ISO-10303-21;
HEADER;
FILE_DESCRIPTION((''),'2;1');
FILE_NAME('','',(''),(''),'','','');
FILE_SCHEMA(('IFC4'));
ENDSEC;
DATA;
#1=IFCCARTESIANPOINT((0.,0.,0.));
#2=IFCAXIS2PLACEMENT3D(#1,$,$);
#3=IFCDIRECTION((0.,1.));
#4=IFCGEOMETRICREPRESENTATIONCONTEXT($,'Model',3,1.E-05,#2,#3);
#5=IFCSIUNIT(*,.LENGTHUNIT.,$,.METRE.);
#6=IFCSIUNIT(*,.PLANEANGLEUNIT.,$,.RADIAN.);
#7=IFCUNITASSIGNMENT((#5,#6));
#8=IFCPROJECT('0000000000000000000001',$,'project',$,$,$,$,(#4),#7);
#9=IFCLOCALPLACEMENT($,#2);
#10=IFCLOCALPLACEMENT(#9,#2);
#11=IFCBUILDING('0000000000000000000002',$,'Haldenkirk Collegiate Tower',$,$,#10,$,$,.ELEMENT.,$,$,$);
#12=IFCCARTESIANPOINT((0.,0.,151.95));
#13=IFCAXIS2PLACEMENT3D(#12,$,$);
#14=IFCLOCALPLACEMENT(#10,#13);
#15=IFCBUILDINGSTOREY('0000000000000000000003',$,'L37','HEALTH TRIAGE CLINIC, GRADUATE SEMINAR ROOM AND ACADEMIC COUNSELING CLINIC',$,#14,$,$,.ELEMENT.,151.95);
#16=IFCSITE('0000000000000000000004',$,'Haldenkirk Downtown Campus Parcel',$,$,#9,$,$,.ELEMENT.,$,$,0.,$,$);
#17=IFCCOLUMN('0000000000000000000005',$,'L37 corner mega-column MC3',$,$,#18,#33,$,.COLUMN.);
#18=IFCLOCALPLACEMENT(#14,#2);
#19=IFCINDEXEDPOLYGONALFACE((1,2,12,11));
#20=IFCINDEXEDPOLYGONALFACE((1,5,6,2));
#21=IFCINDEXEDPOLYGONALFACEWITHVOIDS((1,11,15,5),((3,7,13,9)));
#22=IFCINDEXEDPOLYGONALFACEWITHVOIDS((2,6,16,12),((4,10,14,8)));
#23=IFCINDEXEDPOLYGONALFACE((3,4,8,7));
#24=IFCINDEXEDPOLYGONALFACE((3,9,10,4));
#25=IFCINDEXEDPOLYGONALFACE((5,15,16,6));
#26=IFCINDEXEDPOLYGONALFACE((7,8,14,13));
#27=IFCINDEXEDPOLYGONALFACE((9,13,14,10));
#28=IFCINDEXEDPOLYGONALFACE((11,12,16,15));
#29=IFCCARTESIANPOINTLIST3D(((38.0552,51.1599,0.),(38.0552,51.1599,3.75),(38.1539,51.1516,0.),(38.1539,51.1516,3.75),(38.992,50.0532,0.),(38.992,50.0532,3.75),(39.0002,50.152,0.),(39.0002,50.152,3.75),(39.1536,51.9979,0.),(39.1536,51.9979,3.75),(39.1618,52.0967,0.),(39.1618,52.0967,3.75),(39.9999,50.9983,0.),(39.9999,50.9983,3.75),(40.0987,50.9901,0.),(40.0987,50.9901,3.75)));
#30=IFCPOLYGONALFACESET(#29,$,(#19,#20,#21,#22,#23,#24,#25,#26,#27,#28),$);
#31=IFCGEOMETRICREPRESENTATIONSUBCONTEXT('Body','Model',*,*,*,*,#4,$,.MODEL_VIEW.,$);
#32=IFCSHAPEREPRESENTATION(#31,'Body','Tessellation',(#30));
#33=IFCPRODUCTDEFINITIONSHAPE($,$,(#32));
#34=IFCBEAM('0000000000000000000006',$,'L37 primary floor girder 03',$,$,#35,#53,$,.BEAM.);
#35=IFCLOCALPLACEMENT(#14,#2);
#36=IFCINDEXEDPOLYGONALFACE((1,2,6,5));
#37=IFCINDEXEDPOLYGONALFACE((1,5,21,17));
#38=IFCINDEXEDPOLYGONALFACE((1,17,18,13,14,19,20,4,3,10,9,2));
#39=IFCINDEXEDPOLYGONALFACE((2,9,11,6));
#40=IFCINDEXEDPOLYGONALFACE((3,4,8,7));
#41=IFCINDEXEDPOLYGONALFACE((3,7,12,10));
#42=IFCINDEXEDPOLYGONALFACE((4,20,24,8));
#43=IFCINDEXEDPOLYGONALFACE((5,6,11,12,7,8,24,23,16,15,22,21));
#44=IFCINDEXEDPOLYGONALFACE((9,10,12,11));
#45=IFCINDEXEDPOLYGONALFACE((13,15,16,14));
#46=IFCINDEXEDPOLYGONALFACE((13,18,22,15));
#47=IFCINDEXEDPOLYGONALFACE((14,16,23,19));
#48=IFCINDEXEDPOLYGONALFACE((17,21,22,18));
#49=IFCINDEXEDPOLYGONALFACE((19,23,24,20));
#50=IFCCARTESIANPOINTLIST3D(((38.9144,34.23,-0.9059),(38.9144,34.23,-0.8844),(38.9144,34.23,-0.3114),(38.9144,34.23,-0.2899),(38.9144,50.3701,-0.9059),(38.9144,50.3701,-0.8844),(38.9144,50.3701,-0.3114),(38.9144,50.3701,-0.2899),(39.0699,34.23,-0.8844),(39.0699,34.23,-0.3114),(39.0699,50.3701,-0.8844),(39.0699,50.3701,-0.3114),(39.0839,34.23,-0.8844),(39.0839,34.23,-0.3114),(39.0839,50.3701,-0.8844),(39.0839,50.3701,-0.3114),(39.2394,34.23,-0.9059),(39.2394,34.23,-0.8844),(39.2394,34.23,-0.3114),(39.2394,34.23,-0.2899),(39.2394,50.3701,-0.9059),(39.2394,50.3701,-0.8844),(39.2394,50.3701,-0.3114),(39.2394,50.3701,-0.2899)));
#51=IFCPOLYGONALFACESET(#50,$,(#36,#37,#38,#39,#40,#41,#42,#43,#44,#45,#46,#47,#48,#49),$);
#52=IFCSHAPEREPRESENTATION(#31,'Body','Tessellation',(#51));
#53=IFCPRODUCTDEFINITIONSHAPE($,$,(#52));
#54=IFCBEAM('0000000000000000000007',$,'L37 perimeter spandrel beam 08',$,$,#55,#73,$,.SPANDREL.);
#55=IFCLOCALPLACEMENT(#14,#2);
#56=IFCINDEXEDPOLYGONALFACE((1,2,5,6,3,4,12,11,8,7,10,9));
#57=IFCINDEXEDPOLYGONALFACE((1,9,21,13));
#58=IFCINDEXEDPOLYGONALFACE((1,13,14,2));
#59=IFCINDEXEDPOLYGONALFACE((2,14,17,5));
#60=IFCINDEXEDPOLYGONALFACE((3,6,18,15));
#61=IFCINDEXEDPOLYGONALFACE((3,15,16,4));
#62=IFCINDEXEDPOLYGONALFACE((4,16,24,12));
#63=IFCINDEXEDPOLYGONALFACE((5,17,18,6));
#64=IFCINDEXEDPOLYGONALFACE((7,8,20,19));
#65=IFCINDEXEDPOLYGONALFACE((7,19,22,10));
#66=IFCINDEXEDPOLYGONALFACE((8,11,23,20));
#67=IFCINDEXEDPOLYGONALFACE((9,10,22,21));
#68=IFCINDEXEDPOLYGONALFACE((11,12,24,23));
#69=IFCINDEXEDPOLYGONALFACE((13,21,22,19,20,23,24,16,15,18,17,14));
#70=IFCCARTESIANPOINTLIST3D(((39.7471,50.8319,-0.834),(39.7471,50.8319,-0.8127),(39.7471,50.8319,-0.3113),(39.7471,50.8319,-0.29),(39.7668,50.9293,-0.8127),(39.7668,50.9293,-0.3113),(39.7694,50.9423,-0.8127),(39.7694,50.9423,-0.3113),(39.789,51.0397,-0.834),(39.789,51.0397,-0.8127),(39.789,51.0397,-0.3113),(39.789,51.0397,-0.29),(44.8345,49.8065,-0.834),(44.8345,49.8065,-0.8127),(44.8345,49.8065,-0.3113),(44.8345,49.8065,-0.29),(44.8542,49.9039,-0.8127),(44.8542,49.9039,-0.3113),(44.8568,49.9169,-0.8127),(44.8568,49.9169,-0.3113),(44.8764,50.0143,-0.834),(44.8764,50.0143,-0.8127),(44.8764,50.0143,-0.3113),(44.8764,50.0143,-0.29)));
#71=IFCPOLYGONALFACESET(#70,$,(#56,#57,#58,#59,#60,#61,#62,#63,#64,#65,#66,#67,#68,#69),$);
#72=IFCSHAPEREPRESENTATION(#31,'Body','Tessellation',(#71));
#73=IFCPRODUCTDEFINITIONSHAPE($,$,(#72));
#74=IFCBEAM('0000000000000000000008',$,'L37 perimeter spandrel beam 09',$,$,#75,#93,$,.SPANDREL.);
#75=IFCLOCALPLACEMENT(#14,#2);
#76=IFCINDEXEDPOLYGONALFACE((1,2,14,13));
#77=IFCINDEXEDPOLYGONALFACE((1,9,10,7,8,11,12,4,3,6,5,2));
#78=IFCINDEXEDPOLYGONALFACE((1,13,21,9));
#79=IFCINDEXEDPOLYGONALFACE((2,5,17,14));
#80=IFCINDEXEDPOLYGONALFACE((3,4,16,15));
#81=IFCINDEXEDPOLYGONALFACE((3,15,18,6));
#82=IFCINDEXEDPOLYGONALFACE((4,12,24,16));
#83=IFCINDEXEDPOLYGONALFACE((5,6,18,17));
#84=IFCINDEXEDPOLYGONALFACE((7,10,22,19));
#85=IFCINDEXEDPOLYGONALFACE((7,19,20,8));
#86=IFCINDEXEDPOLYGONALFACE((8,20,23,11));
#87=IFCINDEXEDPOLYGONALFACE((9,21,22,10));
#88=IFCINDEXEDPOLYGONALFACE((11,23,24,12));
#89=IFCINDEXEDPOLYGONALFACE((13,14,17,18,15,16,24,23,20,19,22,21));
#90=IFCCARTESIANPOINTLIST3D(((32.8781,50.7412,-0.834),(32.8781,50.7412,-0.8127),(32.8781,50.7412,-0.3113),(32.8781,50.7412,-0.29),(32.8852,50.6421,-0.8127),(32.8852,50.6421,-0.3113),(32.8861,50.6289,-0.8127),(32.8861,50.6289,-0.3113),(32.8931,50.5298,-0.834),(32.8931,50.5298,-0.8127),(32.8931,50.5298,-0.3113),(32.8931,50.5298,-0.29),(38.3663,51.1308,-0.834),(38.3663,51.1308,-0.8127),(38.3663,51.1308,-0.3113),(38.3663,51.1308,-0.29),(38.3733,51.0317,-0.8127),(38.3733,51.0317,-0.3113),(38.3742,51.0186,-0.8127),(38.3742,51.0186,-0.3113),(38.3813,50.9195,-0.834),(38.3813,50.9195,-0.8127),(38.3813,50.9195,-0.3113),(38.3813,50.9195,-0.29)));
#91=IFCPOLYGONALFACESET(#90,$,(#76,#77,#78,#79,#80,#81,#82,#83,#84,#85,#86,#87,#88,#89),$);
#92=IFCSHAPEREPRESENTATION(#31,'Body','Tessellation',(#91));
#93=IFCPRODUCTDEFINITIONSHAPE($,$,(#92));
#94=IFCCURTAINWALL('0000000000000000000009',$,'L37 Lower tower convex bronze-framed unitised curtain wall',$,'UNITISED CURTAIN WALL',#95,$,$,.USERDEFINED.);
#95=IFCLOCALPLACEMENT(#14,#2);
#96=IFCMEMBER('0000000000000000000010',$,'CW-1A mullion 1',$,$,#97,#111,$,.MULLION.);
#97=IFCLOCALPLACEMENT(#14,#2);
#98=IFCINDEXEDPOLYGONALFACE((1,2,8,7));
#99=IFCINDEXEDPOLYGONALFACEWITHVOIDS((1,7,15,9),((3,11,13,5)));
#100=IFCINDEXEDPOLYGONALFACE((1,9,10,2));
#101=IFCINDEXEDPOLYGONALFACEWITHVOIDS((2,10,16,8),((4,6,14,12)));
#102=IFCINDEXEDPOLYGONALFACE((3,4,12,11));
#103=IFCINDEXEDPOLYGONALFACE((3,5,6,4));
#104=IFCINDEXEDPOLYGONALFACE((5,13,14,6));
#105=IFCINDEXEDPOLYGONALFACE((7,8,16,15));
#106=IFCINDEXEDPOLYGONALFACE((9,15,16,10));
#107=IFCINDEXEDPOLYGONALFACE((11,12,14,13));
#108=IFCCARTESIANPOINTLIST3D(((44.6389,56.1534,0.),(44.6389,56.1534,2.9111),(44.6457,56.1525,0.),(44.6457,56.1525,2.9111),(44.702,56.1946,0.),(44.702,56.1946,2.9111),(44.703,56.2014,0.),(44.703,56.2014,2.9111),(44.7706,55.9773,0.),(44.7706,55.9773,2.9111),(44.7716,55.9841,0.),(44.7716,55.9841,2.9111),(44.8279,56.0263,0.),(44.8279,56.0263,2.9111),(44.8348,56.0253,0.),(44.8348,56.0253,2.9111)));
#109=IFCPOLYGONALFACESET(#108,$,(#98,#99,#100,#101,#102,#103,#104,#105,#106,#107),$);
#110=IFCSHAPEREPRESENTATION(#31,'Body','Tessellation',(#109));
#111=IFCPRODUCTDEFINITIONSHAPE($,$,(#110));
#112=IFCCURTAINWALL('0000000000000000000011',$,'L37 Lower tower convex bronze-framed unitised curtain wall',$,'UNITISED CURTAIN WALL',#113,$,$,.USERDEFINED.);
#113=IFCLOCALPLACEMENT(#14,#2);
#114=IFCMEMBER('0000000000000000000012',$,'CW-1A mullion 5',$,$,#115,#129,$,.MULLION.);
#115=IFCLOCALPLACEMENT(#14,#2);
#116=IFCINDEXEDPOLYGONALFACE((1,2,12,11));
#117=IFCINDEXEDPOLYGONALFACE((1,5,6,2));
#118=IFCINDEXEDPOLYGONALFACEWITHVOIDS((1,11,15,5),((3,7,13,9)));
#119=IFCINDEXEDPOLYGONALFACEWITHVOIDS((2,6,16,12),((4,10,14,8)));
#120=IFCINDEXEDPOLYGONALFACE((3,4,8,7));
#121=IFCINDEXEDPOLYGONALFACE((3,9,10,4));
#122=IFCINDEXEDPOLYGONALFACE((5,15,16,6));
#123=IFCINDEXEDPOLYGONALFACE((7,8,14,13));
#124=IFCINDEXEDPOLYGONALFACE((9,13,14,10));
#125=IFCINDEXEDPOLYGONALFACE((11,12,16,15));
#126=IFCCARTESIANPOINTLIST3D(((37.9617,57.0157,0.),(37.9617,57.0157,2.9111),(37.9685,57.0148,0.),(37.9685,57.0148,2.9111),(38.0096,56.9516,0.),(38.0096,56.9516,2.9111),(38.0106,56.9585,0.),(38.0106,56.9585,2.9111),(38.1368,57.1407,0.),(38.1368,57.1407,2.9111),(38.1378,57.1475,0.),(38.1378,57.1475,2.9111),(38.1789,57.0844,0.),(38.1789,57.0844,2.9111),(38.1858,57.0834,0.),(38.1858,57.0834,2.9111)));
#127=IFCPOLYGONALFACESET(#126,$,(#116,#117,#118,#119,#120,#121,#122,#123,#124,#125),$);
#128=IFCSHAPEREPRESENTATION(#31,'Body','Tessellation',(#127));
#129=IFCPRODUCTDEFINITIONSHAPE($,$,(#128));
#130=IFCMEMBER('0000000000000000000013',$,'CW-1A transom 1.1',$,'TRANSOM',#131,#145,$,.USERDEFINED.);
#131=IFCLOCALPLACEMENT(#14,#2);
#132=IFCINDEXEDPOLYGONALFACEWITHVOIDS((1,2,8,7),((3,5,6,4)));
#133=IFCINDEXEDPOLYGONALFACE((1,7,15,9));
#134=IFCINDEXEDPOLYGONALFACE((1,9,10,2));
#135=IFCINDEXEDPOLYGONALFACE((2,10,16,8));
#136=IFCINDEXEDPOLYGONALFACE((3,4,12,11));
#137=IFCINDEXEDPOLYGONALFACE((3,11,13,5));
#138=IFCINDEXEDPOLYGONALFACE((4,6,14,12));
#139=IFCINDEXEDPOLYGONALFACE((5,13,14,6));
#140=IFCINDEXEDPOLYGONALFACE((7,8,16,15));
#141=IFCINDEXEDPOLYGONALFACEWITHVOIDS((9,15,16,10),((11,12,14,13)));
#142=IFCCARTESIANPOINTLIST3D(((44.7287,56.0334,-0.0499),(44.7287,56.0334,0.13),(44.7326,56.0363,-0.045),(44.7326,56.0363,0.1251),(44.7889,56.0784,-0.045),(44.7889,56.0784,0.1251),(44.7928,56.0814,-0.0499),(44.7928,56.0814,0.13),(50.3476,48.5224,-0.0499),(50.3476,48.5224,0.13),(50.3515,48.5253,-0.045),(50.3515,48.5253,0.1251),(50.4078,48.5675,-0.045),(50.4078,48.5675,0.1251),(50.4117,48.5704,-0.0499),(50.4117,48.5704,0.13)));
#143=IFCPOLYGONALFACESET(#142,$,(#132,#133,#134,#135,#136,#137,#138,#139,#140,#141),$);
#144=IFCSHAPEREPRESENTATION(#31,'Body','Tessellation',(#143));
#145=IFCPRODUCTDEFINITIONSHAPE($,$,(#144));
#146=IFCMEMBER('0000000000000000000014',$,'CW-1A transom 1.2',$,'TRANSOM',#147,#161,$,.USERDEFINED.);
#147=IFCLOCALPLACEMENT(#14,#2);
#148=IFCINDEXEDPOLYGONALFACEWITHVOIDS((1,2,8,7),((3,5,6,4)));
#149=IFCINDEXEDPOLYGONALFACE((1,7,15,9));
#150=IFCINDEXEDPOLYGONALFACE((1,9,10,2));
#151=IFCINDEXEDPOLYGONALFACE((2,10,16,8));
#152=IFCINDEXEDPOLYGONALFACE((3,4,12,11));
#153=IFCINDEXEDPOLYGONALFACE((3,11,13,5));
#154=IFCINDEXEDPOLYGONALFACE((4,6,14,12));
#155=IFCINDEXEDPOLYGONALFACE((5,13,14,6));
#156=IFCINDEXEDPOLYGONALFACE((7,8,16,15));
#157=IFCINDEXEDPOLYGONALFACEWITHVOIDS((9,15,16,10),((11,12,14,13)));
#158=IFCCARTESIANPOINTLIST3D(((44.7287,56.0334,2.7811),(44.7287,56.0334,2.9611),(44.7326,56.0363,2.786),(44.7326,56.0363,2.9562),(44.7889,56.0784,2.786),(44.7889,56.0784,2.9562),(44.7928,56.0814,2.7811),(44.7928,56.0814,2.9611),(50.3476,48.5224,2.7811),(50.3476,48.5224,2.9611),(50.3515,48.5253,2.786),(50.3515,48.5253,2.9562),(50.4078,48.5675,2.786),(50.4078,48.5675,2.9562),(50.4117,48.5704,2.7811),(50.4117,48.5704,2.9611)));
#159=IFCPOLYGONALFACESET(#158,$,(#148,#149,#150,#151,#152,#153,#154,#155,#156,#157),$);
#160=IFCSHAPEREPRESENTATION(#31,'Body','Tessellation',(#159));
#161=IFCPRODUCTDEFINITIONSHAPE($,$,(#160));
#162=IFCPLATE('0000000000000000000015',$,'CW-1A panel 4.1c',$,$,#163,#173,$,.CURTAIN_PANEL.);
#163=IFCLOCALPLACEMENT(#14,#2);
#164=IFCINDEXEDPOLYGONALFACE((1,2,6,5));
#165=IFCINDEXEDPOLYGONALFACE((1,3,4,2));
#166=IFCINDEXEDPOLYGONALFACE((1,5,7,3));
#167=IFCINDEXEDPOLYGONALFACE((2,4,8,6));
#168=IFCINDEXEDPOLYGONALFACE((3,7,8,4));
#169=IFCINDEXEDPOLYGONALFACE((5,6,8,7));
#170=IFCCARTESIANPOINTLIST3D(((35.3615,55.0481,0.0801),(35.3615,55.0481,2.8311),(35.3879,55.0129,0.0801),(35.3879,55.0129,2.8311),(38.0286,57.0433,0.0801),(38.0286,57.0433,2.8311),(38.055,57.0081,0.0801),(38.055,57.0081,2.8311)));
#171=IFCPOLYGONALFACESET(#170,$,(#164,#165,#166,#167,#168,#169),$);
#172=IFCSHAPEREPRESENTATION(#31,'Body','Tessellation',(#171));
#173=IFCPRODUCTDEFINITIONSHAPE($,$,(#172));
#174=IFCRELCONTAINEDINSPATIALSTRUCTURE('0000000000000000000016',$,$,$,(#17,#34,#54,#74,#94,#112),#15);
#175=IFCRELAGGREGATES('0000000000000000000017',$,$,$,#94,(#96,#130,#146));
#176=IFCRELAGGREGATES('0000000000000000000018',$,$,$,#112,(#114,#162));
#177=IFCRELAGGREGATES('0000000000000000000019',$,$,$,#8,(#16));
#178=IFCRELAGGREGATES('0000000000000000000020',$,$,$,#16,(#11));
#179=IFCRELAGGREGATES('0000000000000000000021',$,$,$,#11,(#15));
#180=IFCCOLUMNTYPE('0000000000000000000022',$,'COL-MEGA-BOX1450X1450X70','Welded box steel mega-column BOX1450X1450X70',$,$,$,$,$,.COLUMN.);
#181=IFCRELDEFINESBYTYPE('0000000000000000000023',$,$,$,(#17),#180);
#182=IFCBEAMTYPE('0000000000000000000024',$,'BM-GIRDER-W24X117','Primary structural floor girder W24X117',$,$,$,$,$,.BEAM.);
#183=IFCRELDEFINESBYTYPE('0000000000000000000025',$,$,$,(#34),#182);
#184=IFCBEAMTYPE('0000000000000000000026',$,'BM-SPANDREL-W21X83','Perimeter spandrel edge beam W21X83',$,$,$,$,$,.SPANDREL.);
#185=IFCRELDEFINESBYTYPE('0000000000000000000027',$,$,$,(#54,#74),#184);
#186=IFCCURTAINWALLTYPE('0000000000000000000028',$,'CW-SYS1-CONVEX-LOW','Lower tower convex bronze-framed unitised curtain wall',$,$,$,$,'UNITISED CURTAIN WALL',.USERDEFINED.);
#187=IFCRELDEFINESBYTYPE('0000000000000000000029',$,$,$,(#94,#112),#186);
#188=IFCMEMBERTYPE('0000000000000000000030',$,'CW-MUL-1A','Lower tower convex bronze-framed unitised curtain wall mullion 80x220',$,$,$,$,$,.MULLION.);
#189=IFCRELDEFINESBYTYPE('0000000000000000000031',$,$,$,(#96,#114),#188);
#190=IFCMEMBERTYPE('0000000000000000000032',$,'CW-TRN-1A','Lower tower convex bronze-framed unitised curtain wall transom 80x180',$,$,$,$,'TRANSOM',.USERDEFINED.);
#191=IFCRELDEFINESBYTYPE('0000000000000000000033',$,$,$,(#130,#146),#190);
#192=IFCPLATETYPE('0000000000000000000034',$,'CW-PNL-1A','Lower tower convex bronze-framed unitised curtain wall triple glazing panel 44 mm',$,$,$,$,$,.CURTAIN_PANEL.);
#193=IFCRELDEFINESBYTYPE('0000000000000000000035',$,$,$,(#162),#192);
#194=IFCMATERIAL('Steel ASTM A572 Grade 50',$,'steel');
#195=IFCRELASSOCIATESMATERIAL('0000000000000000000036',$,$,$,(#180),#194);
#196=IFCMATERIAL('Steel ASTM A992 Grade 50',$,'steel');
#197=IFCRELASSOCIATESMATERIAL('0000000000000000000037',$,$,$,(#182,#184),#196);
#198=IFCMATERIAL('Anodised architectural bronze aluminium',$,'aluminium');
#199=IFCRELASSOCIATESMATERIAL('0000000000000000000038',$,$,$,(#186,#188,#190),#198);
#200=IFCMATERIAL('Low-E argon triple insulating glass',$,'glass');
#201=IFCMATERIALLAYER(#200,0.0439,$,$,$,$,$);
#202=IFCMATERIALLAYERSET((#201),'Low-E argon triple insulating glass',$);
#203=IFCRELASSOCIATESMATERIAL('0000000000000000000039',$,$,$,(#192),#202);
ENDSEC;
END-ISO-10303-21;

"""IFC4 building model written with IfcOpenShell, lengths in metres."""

from ifc_helpers import new_model, si_unit, direction, frame, origin, origin_2d, place, context, subcontext, project, spatial, rectangle, hollow_rectangle, i_section, extrude, source, transform, mapped, material, layer, layer_set, material_profile, profile_set, type_object, element, aggregate, save


model = new_model("IFC4")

# Units and contexts
model_context = context("Model", 3, precision=1e-05, world=origin(), true_north=direction((0.0, 1.0)))
body_context = subcontext(model_context, "Body", "Model", "MODEL_VIEW")
ifc_project = project(units=[si_unit("LENGTHUNIT", "METRE"), si_unit("PLANEANGLEUNIT", "RADIAN")], contexts=[model_context])

# Site, building, storey
site_placement = place(None, origin())
site = spatial("IfcSite", under=ifc_project, at=site_placement, Name="Haldenkirk Downtown Campus Parcel", CompositionType="ELEMENT", RefElevation=0.0)
building_placement = place(site_placement, origin())
building = spatial("IfcBuilding", under=site, at=building_placement, Name="Haldenkirk Collegiate Tower", CompositionType="ELEMENT")
storey_placement = place(building_placement, frame((0.0, 0.0, 151.95)))
storey = spatial("IfcBuildingStorey", under=building, at=storey_placement, Name="L37", Description="HEALTH TRIAGE CLINIC, GRADUATE SEMINAR ROOM AND ACADEMIC COUNSELING CLINIC", CompositionType="ELEMENT", Elevation=151.95)

# Column
ifc_material_1 = material(Name="Steel ASTM A572 Grade 50", Category="steel")
ifc_material_profile_1 = material_profile(ifc_material_1, hollow_rectangle(XDim=1.45, YDim=1.45, WallThickness=0.0701, at=origin_2d()), Name="BOX1450X1450X70")
ifc_profile_set_1 = profile_set([ifc_material_profile_1], Name="Steel ASTM A572 Grade 50")
column_type = type_object("IfcColumnType", Name="COL-MEGA-BOX1450X1450X70", Description="Welded box steel mega-column BOX1450X1450X70", PredefinedType="COLUMN", material=ifc_profile_set_1)
column_placement = place(storey_placement, frame((39.0769, 51.075, 0.0), z_axis=(0.0, 0.0, 1.0), x_axis=(0.763232, 0.646124, 0.0)))
element("IfcColumn", 1, at=column_placement, inside=storey, type_object=column_type, Name="L37 corner mega-column MC3", PredefinedType="COLUMN", context=body_context, shape_type="SweptSolid", body=[
    extrude(hollow_rectangle(XDim=1.45, YDim=1.45, WallThickness=0.0701, at=origin_2d()), origin(), (0.0, 0.0, 1.0), 3.75),
])

# Beams
ifc_material_2 = material(Name="Steel ASTM A992 Grade 50", Category="steel")
ifc_material_profile_2 = material_profile(ifc_material_2, i_section(OverallWidth=0.325, OverallDepth=0.616, WebThickness=0.0139, FlangeThickness=0.0215, at=origin_2d()), Name="W24X117")
ifc_profile_set_2 = profile_set([ifc_material_profile_2], Name="Steel ASTM A992 Grade 50")
beam_type_1 = type_object("IfcBeamType", Name="BM-GIRDER-W24X117", Description="Primary structural floor girder W24X117", PredefinedType="BEAM", material=ifc_profile_set_2)
beam_1_placement = place(storey_placement, frame((39.0769, 50.3701, -0.5979), z_axis=(0.0, -1.0, 0.0), x_axis=(1.0, 0.0, 0.0)))
element("IfcBeam", 2, at=beam_1_placement, inside=storey, type_object=beam_type_1, Name="L37 primary floor girder 03", PredefinedType="BEAM", context=body_context, shape_type="SweptSolid", body=[
    extrude(i_section(OverallWidth=0.325, OverallDepth=0.616, WebThickness=0.0139, FlangeThickness=0.0215, at=origin_2d()), origin(), (0.0, 0.0, 1.0), 16.1401),
])
ifc_material_profile_3 = material_profile(ifc_material_2, i_section(OverallWidth=0.2119, OverallDepth=0.5439, WebThickness=0.0132, FlangeThickness=0.0212, at=origin_2d()), Name="W21X83")
ifc_profile_set_3 = profile_set([ifc_material_profile_3], Name="Steel ASTM A992 Grade 50")
beam_type_2 = type_object("IfcBeamType", Name="BM-SPANDREL-W21X83", Description="Perimeter spandrel edge beam W21X83", PredefinedType="SPANDREL", material=ifc_profile_set_3)
beam_2_placement = place(storey_placement, frame((44.8555, 49.9104, -0.562), z_axis=(-0.980286, 0.197581, 0.0), x_axis=(-0.197581, -0.980286, 0.0)))
element("IfcBeam", 3, at=beam_2_placement, inside=storey, type_object=beam_type_2, Name="L37 perimeter spandrel beam 08", PredefinedType="SPANDREL", context=body_context, shape_type="SweptSolid", body=[
    extrude(i_section(OverallWidth=0.2119, OverallDepth=0.5439, WebThickness=0.0132, FlangeThickness=0.0212, at=origin_2d()), origin(), (0.0, 0.0, 1.0), 5.1897),
])
beam_3_placement = place(storey_placement, frame((38.3738, 51.0251, -0.562), z_axis=(-0.997489, -0.070821, 0.0), x_axis=(0.070821, -0.997489, 0.0)))
element("IfcBeam", 4, at=beam_3_placement, inside=storey, type_object=beam_type_2, Name="L37 perimeter spandrel beam 09", PredefinedType="SPANDREL", context=body_context, shape_type="SweptSolid", body=[
    extrude(i_section(OverallWidth=0.2119, OverallDepth=0.5439, WebThickness=0.0132, FlangeThickness=0.0212, at=origin_2d()), origin(), (0.0, 0.0, 1.0), 5.502),
])

# Curtain walls, members
ifc_material_3 = material(Name="Anodised architectural bronze aluminium", Category="aluminium")
curtain_wall_type = type_object("IfcCurtainWallType", Name="CW-SYS1-CONVEX-LOW", Description="Lower tower convex bronze-framed unitised curtain wall", ElementType="UNITISED CURTAIN WALL", PredefinedType="USERDEFINED", material=ifc_material_3)
curtain_wall_1_placement = place(storey_placement, origin())
curtain_wall_1 = element("IfcCurtainWall", 5, at=curtain_wall_1_placement, inside=storey, type_object=curtain_wall_type, Name="L37 Lower tower convex bronze-framed unitised curtain wall", ObjectType="UNITISED CURTAIN WALL", PredefinedType="USERDEFINED")
ifc_material_profile_4 = material_profile(ifc_material_3, hollow_rectangle(XDim=0.0801, YDim=0.22, WallThickness=0.0049, at=origin_2d()), Name="CW-MUL-1A")
ifc_profile_set_4 = profile_set([ifc_material_profile_4], Name="Anodised architectural bronze aluminium")
member_type_1 = type_object("IfcMemberType", Name="CW-MUL-1A", Description="Lower tower convex bronze-framed unitised curtain wall mullion 80x220", PredefinedType="MULLION", material=ifc_profile_set_4)
member_1_placement = place(storey_placement, frame((44.7368, 56.0894, 0.0), z_axis=(0.0, 0.0, 1.0), x_axis=(0.80073, 0.599025, 0.0)))
member_1 = element("IfcMember", 6, at=member_1_placement, type_object=member_type_1, Name="CW-1A mullion 1", PredefinedType="MULLION", context=body_context, shape_type="SweptSolid", body=[
    extrude(hollow_rectangle(XDim=0.0801, YDim=0.22, WallThickness=0.0049, at=origin_2d()), origin(), (0.0, 0.0, 1.0), 2.9111),
])
curtain_wall_2_placement = place(storey_placement, origin())
curtain_wall_2 = element("IfcCurtainWall", 7, at=curtain_wall_2_placement, inside=storey, type_object=curtain_wall_type, Name="L37 Lower tower convex bronze-framed unitised curtain wall", ObjectType="UNITISED CURTAIN WALL", PredefinedType="USERDEFINED")
member_2_placement = place(storey_placement, frame((38.0737, 57.0496, 0.0), z_axis=(0.0, 0.0, 1.0), x_axis=(-0.599025, 0.80073, 0.0)))
member_2 = element("IfcMember", 8, at=member_2_placement, type_object=member_type_1, Name="CW-1A mullion 5", PredefinedType="MULLION", context=body_context, shape_type="SweptSolid", body=[
    extrude(hollow_rectangle(XDim=0.0801, YDim=0.22, WallThickness=0.0049, at=origin_2d()), origin(), (0.0, 0.0, 1.0), 2.9111),
])

# Members
ifc_material_profile_5 = material_profile(ifc_material_3, hollow_rectangle(XDim=0.0801, YDim=0.1799, WallThickness=0.0049, at=origin_2d()), Name="CW-TRN-1A")
ifc_profile_set_5 = profile_set([ifc_material_profile_5], Name="Anodised architectural bronze aluminium")
member_type_2 = type_object("IfcMemberType", Name="CW-TRN-1A", Description="Lower tower convex bronze-framed unitised curtain wall transom 80x180", ElementType="TRANSOM", PredefinedType="USERDEFINED", material=ifc_profile_set_5)
member_3_placement = place(storey_placement, frame((44.7607, 56.0574, 0.04), z_axis=(0.599021, -0.800733, 0.0), x_axis=(0.800733, 0.599021, 0.0)))
member_3 = element("IfcMember", 9, at=member_3_placement, type_object=member_type_2, Name="CW-1A transom 1.1", ObjectType="TRANSOM", PredefinedType="USERDEFINED", context=body_context, shape_type="SweptSolid", body=[
    extrude(hollow_rectangle(XDim=0.0801, YDim=0.1799, WallThickness=0.0049, at=origin_2d()), origin(), (0.0, 0.0, 1.0), 9.3801),
])
member_4_placement = place(storey_placement, frame((44.7607, 56.0574, 2.8711), z_axis=(0.599021, -0.800733, 0.0), x_axis=(0.800733, 0.599021, 0.0)))
member_4 = element("IfcMember", 10, at=member_4_placement, type_object=member_type_2, Name="CW-1A transom 1.2", ObjectType="TRANSOM", PredefinedType="USERDEFINED", context=body_context, shape_type="SweptSolid", body=[
    extrude(hollow_rectangle(XDim=0.0801, YDim=0.1799, WallThickness=0.0049, at=origin_2d()), origin(), (0.0, 0.0, 1.0), 9.3801),
])
aggregate(curtain_wall_1, [member_1, member_3, member_4])

# Plate
ifc_material_4 = material(Name="Low-E argon triple insulating glass", Category="glass")
ifc_layer_1 = layer(ifc_material_4, 0.0439)
ifc_layer_set_1 = layer_set([ifc_layer_1], Name="Low-E argon triple insulating glass")
plate_type = type_object("IfcPlateType", Name="CW-PNL-1A", Description="Lower tower convex bronze-framed unitised curtain wall triple glazing panel 44 mm", PredefinedType="CURTAIN_PANEL", material=ifc_layer_set_1)
shared_shape_1 = source(origin(), body_context, "Body", "SweptSolid", [
    extrude(rectangle(XDim=3.3308, YDim=0.0439, at=origin_2d()), origin(), (0.0, 0.0, 1.0), 2.751),
])
plate_1_placement = place(storey_placement, frame((36.7083, 56.0281, 0.0801), z_axis=(0.0, 0.0, 1.0), x_axis=(0.80073, 0.599025, 0.0)))
plate_1 = element("IfcPlate", 11, at=plate_1_placement, type_object=plate_type, Name="CW-1A panel 4.1c", PredefinedType="CURTAIN_PANEL", context=body_context, shape_type="MappedRepresentation", body=[
    mapped(shared_shape_1, transform((0.0, 0.0, 0.0), x_axis=(1.0, 0.0, 0.0), y_axis=(0.0, 1.0, 0.0), z_axis=(0.0, 0.0, 1.0), scale=1.0)),
])
aggregate(curtain_wall_2, [member_2, plate_1])

save(model, "model.ifc")
